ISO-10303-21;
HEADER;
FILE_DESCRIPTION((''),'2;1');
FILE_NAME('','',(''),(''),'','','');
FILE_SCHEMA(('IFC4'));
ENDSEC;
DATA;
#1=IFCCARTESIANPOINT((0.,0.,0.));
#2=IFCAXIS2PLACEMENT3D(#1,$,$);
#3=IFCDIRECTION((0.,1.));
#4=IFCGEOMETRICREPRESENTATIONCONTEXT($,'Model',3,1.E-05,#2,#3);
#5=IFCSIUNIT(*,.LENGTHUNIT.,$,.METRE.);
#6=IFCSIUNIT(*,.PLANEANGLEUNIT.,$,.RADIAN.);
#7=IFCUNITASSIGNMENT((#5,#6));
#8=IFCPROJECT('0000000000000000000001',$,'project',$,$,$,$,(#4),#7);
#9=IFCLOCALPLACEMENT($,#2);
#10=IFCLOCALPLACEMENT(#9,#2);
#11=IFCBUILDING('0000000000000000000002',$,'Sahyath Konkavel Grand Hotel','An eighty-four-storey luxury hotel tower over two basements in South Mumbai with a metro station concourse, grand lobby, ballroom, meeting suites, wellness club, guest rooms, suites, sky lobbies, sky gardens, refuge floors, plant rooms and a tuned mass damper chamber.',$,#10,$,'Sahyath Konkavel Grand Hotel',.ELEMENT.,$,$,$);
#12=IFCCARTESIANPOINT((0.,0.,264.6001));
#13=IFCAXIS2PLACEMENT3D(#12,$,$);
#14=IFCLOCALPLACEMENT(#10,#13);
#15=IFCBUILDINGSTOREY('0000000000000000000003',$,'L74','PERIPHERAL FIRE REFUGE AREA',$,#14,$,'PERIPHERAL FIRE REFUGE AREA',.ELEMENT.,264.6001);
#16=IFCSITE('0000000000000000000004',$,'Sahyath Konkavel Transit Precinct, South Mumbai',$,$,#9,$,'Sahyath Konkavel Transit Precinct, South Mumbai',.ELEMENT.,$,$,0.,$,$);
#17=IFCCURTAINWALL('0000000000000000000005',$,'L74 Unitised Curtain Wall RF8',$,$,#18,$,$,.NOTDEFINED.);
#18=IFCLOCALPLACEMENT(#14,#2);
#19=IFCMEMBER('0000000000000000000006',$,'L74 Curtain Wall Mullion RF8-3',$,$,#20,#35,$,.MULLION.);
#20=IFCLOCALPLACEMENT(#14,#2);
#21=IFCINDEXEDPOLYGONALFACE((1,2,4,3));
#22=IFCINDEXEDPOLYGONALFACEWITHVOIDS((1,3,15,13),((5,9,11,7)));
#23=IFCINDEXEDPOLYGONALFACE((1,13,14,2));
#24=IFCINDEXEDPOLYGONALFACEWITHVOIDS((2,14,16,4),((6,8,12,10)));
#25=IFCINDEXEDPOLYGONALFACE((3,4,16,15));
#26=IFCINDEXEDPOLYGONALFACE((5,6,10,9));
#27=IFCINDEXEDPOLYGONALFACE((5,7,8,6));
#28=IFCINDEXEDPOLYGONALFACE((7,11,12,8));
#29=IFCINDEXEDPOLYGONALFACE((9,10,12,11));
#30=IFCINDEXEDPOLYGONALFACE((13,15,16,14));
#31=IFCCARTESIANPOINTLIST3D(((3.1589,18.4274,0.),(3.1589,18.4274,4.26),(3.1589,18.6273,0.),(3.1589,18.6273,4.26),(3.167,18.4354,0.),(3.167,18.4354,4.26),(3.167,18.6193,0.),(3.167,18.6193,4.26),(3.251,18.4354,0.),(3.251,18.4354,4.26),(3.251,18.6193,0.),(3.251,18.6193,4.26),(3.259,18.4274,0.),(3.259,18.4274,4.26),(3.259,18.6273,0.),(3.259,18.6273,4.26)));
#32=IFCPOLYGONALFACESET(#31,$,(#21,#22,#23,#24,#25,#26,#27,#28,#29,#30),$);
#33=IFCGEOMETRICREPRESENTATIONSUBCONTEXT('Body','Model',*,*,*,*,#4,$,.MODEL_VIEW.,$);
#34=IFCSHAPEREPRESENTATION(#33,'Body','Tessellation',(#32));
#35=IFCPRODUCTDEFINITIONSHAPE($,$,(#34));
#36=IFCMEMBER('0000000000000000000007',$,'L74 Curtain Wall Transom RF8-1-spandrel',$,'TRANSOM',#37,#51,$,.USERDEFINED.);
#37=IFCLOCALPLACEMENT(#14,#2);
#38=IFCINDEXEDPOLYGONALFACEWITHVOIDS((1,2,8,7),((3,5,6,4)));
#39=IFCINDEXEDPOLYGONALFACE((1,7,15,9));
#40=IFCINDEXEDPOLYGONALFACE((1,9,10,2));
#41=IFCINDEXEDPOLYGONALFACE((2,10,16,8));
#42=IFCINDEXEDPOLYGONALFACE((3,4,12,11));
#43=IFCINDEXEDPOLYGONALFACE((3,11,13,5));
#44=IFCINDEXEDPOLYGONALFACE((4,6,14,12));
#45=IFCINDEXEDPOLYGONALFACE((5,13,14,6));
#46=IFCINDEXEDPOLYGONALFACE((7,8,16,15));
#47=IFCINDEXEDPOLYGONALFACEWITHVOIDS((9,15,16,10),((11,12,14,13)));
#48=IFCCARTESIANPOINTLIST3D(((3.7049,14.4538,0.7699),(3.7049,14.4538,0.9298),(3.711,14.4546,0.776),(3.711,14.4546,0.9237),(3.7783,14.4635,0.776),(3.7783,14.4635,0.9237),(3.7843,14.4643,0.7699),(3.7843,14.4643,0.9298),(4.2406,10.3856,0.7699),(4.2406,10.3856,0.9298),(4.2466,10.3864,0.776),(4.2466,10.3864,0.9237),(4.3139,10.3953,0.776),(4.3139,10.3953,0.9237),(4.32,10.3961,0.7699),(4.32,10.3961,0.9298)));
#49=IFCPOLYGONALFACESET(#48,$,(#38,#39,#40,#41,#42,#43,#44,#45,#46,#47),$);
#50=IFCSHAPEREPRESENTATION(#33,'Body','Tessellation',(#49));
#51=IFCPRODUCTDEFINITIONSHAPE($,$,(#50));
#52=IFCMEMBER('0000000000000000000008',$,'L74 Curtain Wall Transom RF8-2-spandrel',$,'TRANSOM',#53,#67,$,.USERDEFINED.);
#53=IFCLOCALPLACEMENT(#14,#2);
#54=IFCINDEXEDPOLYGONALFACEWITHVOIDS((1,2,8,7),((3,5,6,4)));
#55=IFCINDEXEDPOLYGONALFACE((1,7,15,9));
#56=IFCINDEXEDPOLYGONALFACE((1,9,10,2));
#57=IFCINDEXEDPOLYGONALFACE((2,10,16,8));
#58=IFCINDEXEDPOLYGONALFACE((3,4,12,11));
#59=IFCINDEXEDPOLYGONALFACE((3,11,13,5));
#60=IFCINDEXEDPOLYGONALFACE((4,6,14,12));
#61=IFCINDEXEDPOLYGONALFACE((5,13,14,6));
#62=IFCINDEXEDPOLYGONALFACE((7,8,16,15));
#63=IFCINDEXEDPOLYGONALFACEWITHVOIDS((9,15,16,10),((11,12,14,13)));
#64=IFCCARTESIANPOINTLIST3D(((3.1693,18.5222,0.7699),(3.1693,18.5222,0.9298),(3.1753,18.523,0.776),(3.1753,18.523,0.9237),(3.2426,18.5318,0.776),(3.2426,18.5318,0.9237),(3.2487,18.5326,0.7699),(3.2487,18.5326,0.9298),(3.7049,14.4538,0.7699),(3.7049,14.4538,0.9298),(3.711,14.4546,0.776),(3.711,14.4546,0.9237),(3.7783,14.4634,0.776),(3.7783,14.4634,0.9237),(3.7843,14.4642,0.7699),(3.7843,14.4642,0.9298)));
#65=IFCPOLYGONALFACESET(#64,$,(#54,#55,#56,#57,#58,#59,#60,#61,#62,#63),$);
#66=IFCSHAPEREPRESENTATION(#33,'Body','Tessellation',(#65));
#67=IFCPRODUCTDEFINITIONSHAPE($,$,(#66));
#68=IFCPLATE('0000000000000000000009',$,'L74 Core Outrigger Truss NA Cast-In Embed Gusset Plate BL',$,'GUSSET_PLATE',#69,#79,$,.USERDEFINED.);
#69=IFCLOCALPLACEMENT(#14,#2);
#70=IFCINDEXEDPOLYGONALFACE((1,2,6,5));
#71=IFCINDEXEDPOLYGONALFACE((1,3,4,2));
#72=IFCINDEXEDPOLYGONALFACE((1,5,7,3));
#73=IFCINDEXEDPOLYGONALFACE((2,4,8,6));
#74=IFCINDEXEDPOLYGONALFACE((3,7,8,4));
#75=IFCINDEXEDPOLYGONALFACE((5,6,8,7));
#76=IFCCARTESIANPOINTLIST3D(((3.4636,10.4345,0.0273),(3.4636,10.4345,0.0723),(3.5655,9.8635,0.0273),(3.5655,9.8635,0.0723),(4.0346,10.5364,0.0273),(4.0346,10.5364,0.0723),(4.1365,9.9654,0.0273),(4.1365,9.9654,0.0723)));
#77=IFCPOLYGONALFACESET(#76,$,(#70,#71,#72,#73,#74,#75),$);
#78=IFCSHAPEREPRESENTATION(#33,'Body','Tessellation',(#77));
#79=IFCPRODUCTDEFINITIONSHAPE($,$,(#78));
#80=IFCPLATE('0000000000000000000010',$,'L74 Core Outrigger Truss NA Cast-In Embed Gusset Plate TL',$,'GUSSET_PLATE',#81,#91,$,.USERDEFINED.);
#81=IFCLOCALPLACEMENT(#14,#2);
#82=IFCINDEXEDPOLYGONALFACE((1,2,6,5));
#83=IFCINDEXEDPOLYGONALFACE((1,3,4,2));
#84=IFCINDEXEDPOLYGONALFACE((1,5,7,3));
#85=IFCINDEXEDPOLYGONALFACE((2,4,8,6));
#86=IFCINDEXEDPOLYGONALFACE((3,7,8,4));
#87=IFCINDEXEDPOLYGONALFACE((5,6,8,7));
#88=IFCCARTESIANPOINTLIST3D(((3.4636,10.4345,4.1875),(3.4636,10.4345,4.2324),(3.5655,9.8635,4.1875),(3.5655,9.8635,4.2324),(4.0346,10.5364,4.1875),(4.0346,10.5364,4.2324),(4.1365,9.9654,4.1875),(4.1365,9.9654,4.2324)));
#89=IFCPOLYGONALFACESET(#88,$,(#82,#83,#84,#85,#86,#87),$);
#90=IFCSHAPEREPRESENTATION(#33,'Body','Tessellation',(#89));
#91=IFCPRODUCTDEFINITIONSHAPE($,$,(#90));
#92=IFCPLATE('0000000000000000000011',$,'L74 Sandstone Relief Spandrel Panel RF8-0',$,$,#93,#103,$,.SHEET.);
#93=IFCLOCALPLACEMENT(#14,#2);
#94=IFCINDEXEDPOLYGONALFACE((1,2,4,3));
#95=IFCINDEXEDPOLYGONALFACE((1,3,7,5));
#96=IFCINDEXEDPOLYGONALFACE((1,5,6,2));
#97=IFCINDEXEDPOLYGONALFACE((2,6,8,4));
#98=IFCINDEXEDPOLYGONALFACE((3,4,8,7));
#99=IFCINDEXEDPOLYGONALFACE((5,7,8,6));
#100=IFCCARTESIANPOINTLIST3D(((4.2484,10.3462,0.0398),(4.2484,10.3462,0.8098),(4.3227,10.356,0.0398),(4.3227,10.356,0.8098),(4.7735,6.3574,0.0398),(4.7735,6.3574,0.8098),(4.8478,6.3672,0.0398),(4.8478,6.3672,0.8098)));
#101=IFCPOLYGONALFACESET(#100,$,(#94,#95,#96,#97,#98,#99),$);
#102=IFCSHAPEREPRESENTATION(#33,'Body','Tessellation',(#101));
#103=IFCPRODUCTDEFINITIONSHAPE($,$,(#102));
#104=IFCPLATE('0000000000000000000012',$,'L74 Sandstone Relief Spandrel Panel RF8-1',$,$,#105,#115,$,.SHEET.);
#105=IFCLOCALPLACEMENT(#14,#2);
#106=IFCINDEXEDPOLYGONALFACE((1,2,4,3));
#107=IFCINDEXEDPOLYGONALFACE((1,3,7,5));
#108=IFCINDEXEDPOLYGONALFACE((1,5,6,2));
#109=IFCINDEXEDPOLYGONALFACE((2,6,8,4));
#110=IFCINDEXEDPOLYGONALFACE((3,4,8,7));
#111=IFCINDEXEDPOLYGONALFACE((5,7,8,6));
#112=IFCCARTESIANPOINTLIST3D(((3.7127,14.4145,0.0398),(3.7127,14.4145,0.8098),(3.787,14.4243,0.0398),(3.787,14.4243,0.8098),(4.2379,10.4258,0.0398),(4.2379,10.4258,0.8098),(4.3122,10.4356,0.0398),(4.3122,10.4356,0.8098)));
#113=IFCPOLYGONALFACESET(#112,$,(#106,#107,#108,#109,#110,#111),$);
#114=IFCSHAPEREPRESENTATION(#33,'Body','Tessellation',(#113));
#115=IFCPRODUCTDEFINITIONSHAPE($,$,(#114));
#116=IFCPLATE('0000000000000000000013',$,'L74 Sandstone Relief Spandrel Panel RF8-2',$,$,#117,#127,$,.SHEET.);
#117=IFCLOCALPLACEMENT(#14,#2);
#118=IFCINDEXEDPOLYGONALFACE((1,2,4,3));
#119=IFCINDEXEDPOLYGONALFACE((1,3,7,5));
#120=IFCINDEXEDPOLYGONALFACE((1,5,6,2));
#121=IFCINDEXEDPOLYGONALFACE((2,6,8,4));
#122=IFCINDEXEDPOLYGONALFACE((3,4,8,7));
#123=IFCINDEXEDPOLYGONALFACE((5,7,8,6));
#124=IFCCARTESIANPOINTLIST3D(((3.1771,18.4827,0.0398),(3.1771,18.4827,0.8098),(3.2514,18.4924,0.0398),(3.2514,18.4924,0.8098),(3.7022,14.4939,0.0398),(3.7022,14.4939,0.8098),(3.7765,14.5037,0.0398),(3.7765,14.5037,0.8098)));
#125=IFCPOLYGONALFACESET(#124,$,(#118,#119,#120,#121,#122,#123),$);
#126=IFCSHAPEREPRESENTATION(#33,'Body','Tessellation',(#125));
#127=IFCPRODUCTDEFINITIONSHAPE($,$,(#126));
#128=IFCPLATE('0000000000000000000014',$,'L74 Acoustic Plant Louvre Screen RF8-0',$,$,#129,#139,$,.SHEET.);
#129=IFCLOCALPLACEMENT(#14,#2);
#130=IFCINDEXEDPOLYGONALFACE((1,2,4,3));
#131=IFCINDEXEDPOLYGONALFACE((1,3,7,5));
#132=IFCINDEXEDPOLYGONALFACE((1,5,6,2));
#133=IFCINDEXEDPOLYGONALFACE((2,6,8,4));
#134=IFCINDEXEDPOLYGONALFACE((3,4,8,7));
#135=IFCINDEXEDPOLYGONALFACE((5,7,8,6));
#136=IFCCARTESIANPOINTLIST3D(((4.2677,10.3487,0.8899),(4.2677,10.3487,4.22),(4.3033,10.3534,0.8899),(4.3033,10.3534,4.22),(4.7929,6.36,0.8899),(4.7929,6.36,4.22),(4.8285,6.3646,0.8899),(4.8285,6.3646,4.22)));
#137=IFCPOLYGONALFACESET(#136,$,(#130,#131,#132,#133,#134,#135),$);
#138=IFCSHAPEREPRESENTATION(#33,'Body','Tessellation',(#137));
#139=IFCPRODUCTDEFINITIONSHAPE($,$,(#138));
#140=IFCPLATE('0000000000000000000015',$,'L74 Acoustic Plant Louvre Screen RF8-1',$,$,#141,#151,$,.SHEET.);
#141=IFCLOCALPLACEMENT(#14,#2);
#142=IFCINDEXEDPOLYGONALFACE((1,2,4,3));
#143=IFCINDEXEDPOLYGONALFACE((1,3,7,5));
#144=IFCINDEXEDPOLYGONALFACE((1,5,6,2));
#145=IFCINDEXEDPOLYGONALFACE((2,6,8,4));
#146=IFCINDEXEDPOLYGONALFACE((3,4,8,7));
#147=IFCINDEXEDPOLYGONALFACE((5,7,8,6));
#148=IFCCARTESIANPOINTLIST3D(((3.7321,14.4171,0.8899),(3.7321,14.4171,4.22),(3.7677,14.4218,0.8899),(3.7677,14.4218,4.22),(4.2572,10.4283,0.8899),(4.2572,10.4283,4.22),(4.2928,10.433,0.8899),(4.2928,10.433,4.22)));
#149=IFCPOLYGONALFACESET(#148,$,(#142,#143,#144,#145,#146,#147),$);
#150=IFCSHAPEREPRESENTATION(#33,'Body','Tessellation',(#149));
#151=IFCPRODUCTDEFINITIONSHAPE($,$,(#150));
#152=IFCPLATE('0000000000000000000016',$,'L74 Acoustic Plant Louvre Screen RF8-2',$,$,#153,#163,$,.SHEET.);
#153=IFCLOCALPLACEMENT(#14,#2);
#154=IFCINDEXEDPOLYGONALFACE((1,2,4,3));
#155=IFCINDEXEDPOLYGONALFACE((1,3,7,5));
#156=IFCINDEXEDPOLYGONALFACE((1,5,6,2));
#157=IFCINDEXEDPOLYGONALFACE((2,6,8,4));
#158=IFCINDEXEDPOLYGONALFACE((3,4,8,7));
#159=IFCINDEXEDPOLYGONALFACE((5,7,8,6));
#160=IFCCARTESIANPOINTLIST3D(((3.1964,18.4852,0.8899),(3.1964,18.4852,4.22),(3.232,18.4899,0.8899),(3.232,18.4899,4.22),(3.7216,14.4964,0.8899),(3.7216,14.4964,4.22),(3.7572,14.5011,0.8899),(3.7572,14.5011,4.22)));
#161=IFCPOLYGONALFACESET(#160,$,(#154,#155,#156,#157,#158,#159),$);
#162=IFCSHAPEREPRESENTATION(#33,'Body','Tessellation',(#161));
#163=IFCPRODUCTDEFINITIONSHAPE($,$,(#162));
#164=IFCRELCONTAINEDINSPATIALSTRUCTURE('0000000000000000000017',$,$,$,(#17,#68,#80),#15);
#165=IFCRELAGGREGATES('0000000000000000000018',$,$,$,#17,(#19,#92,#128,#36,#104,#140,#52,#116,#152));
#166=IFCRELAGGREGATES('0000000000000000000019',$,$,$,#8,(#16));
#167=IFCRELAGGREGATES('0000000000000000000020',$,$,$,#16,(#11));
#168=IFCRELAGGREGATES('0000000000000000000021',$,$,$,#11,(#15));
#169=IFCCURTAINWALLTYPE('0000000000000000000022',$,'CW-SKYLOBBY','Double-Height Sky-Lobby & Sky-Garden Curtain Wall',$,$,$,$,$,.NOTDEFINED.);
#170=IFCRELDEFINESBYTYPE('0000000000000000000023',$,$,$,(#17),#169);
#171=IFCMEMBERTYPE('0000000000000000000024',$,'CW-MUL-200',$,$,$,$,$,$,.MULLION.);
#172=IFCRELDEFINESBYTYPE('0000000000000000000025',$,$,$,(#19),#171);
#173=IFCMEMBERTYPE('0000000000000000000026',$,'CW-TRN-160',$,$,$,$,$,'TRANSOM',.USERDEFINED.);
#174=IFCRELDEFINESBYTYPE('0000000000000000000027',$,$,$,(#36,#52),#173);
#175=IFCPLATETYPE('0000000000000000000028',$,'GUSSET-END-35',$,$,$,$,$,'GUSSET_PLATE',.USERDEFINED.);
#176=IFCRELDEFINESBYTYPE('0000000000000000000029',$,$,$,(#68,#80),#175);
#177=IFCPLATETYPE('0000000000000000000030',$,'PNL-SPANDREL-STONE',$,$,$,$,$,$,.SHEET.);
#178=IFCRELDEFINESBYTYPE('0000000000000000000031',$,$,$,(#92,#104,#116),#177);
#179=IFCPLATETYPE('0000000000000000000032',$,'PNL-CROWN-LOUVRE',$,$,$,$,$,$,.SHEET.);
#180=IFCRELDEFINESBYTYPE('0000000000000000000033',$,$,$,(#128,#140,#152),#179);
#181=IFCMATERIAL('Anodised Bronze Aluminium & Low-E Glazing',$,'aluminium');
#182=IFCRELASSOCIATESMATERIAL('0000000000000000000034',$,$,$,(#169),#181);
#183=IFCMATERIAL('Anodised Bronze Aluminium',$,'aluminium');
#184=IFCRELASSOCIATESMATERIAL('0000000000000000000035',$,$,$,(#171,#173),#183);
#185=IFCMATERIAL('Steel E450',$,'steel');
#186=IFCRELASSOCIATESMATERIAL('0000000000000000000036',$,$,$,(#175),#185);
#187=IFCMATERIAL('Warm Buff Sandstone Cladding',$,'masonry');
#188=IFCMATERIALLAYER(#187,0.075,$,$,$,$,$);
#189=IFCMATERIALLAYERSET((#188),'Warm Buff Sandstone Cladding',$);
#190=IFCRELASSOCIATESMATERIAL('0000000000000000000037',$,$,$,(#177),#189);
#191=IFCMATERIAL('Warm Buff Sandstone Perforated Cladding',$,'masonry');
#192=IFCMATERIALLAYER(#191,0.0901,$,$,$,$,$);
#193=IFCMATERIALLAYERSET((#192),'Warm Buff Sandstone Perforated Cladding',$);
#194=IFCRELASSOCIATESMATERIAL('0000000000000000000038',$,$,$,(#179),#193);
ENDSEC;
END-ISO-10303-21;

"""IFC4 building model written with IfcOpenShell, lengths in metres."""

from ifc_helpers import new_model, si_unit, direction, frame, origin, origin_2d, place, context, subcontext, project, spatial, rectangle, hollow_rectangle, extrude, source, transform, mapped, material, layer, layer_set, material_profile, profile_set, type_object, element, aggregate, save


model = new_model("IFC4")

# Units and contexts
model_context = context("Model", 3, precision=1e-05, world=origin(), true_north=direction((0.0, 1.0)))
body_context = subcontext(model_context, "Body", "Model", "MODEL_VIEW")
ifc_project = project(units=[si_unit("LENGTHUNIT", "METRE"), si_unit("PLANEANGLEUNIT", "RADIAN")], contexts=[model_context])

# Site, building, storey
site_placement = place(None, origin())
site = spatial("IfcSite", under=ifc_project, at=site_placement, Name="Sahyath Konkavel Transit Precinct, South Mumbai", LongName="Sahyath Konkavel Transit Precinct, South Mumbai", CompositionType="ELEMENT", RefElevation=0.0)
building_placement = place(site_placement, origin())
building = spatial("IfcBuilding", under=site, at=building_placement, Name="Sahyath Konkavel Grand Hotel", Description="An eighty-four-storey luxury hotel tower over two basements in South Mumbai with a metro station concourse, grand lobby, ballroom, meeting suites, wellness club, guest rooms, suites, sky lobbies, sky gardens, refuge floors, plant rooms and a tuned mass damper chamber.", LongName="Sahyath Konkavel Grand Hotel", CompositionType="ELEMENT")
storey_placement = place(building_placement, frame((0.0, 0.0, 264.6001)))
storey = spatial("IfcBuildingStorey", under=building, at=storey_placement, Name="L74", Description="PERIPHERAL FIRE REFUGE AREA", LongName="PERIPHERAL FIRE REFUGE AREA", CompositionType="ELEMENT", Elevation=264.6001)

# Shared definitions
ifc_material_1 = material(Name="Steel E450", Category="steel")

# Curtain wall, members
ifc_material_2 = material(Name="Anodised Bronze Aluminium & Low-E Glazing", Category="aluminium")
curtain_wall_type = type_object("IfcCurtainWallType", Name="CW-SKYLOBBY", Description="Double-Height Sky-Lobby & Sky-Garden Curtain Wall", PredefinedType="NOTDEFINED", material=ifc_material_2)
curtain_wall_placement = place(storey_placement, origin())
curtain_wall = element("IfcCurtainWall", 1, at=curtain_wall_placement, inside=storey, type_object=curtain_wall_type, Name="L74 Unitised Curtain Wall RF8", PredefinedType="NOTDEFINED")
ifc_material_3 = material(Name="Anodised Bronze Aluminium", Category="aluminium")
ifc_material_profile_1 = material_profile(ifc_material_3, hollow_rectangle(XDim=0.1001, YDim=0.2, WallThickness=0.0081, at=origin_2d()), Name="RHS 200x100x8")
ifc_profile_set_1 = profile_set([ifc_material_profile_1], Name="Anodised Bronze Aluminium")
member_type_1 = type_object("IfcMemberType", Name="CW-MUL-200", PredefinedType="MULLION", material=ifc_profile_set_1)
shared_shape_1 = source(origin(), body_context, "Body", "SweptSolid", [
    extrude(hollow_rectangle(XDim=0.1001, YDim=0.2, WallThickness=0.0081, at=origin_2d()), origin(), (0.0, 0.0, 1.0), 4.26),
])
member_1_placement = place(storey_placement, frame((3.209, 18.5273, 0.0), z_axis=(0.0, 0.0, 1.0), x_axis=(1.0, 0.0, 0.0)))
member_1 = element("IfcMember", 2, at=member_1_placement, type_object=member_type_1, Name="L74 Curtain Wall Mullion RF8-3", PredefinedType="MULLION", context=body_context, shape_type="MappedRepresentation", body=[
    mapped(shared_shape_1, transform((0.0, 0.0, 0.0), scale=1.0)),
])
ifc_material_profile_2 = material_profile(ifc_material_3, hollow_rectangle(XDim=0.0801, YDim=0.1599, WallThickness=0.0061, at=origin_2d()), Name="RHS 160x80x6")
ifc_profile_set_2 = profile_set([ifc_material_profile_2], Name="Anodised Bronze Aluminium")
member_type_2 = type_object("IfcMemberType", Name="CW-TRN-160", ElementType="TRANSOM", PredefinedType="USERDEFINED", material=ifc_profile_set_2)
shared_shape_2 = source(origin(), body_context, "Body", "SweptSolid", [
    extrude(hollow_rectangle(XDim=0.0801, YDim=0.1599, WallThickness=0.0061, at=origin_2d()), origin(), (0.0, 0.0, 1.0), 4.1033),
])
member_2_placement = place(storey_placement, frame((4.2803, 10.3909, 0.8499), z_axis=(-0.130542, 0.991443, 0.0), x_axis=(-0.991443, -0.130542, 0.0)))
member_2 = element("IfcMember", 3, at=member_2_placement, type_object=member_type_2, Name="L74 Curtain Wall Transom RF8-1-spandrel", ObjectType="TRANSOM", PredefinedType="USERDEFINED", context=body_context, shape_type="MappedRepresentation", body=[
    mapped(shared_shape_2, transform((0.0, 0.0, 0.0), scale=1.0)),
])
shared_shape_3 = source(origin(), body_context, "Body", "SweptSolid", [
    extrude(hollow_rectangle(XDim=0.0801, YDim=0.1599, WallThickness=0.0061, at=origin_2d()), origin(), (0.0, 0.0, 1.0), 4.1035),
])
member_3_placement = place(storey_placement, frame((3.7446, 14.459, 0.8499), z_axis=(-0.130535, 0.991444, 0.0), x_axis=(-0.991444, -0.130535, 0.0)))
member_3 = element("IfcMember", 4, at=member_3_placement, type_object=member_type_2, Name="L74 Curtain Wall Transom RF8-2-spandrel", ObjectType="TRANSOM", PredefinedType="USERDEFINED", context=body_context, shape_type="MappedRepresentation", body=[
    mapped(shared_shape_3, transform((0.0, 0.0, 0.0), scale=1.0)),
])

# Plates
plate_type_1 = type_object("IfcPlateType", Name="GUSSET-END-35", ElementType="GUSSET_PLATE", PredefinedType="USERDEFINED", material=ifc_material_1)
shared_shape_4 = source(origin(), body_context, "Body", "SweptSolid", [
    extrude(rectangle(XDim=0.5801, YDim=0.5801, at=origin_2d()), origin(), (0.0, 0.0, 1.0), 0.0449),
])
for number, where, z_axis, x_axis, name in (
    (5, (3.8, 10.2, 0.0273), (0.0, 0.0, 1.0), (-0.17571, 0.984442, 0.0), "L74 Core Outrigger Truss NA Cast-In Embed Gusset Plate BL"),
    (6, (3.8, 10.2, 4.1875), (0.0, 0.0, 1.0), (-0.17571, 0.984442, 0.0), "L74 Core Outrigger Truss NA Cast-In Embed Gusset Plate TL"),
):
    element("IfcPlate", number, at=place(storey_placement, frame(where, z_axis=z_axis, x_axis=x_axis)), inside=storey, type_object=plate_type_1, Name=name, ObjectType="GUSSET_PLATE", PredefinedType="USERDEFINED", context=body_context, shape_type="MappedRepresentation", body=[
        mapped(shared_shape_4, transform((0.0, 0.0, 0.0), scale=1.0)),
    ])

# Plates
ifc_material_4 = material(Name="Warm Buff Sandstone Cladding", Category="masonry")
ifc_layer_1 = layer(ifc_material_4, 0.075)
ifc_layer_set_1 = layer_set([ifc_layer_1], Name="Warm Buff Sandstone Cladding")
plate_type_2 = type_object("IfcPlateType", Name="PNL-SPANDREL-STONE", PredefinedType="SHEET", material=ifc_layer_set_1)
shared_shape_5 = source(origin(), body_context, "Body", "SweptSolid", [
    extrude(rectangle(XDim=4.0232, YDim=0.075, at=origin_2d()), origin(), (0.0, 0.0, 1.0), 0.77),
])
plate_1_placement = place(storey_placement, frame((4.5481, 8.3567, 0.0398), z_axis=(0.0, 0.0, 1.0), x_axis=(-0.130526, 0.991445, 0.0)))
plate_1 = element("IfcPlate", 7, at=plate_1_placement, type_object=plate_type_2, Name="L74 Sandstone Relief Spandrel Panel RF8-0", PredefinedType="SHEET", context=body_context, shape_type="MappedRepresentation", body=[
    mapped(shared_shape_5, transform((0.0, 0.0, 0.0), scale=1.0)),
])
plate_2_placement = place(storey_placement, frame((4.0125, 12.425, 0.0398), z_axis=(0.0, 0.0, 1.0), x_axis=(-0.130526, 0.991445, 0.0)))
plate_2 = element("IfcPlate", 8, at=plate_2_placement, type_object=plate_type_2, Name="L74 Sandstone Relief Spandrel Panel RF8-1", PredefinedType="SHEET", context=body_context, shape_type="MappedRepresentation", body=[
    mapped(shared_shape_5, transform((0.0, 0.0, 0.0), scale=1.0)),
])
plate_3_placement = place(storey_placement, frame((3.4768, 16.4932, 0.0398), z_axis=(0.0, 0.0, 1.0), x_axis=(-0.130526, 0.991445, 0.0)))
plate_3 = element("IfcPlate", 9, at=plate_3_placement, type_object=plate_type_2, Name="L74 Sandstone Relief Spandrel Panel RF8-2", PredefinedType="SHEET", context=body_context, shape_type="MappedRepresentation", body=[
    mapped(shared_shape_5, transform((0.0, 0.0, 0.0), scale=1.0)),
])
ifc_material_5 = material(Name="Warm Buff Sandstone Perforated Cladding", Category="masonry")
ifc_layer_2 = layer(ifc_material_5, 0.0901)
ifc_layer_set_2 = layer_set([ifc_layer_2], Name="Warm Buff Sandstone Perforated Cladding")
plate_type_3 = type_object("IfcPlateType", Name="PNL-CROWN-LOUVRE", PredefinedType="SHEET", material=ifc_layer_set_2)
shared_shape_6 = source(origin(), body_context, "Body", "SweptSolid", [
    extrude(rectangle(XDim=4.0232, YDim=0.0359, at=origin_2d()), origin(), (0.0, 0.0, 1.0), 3.3301),
])
plate_4_placement = place(storey_placement, frame((4.5481, 8.3567, 0.8899), z_axis=(0.0, 0.0, 1.0), x_axis=(-0.130526, 0.991445, 0.0)))
plate_4 = element("IfcPlate", 10, at=plate_4_placement, type_object=plate_type_3, Name="L74 Acoustic Plant Louvre Screen RF8-0", PredefinedType="SHEET", context=body_context, shape_type="MappedRepresentation", body=[
    mapped(shared_shape_6, transform((0.0, 0.0, 0.0), scale=1.0)),
])
plate_5_placement = place(storey_placement, frame((4.0125, 12.425, 0.8899), z_axis=(0.0, 0.0, 1.0), x_axis=(-0.130526, 0.991445, 0.0)))
plate_5 = element("IfcPlate", 11, at=plate_5_placement, type_object=plate_type_3, Name="L74 Acoustic Plant Louvre Screen RF8-1", PredefinedType="SHEET", context=body_context, shape_type="MappedRepresentation", body=[
    mapped(shared_shape_6, transform((0.0, 0.0, 0.0), scale=1.0)),
])
plate_6_placement = place(storey_placement, frame((3.4768, 16.4932, 0.8899), z_axis=(0.0, 0.0, 1.0), x_axis=(-0.130526, 0.991445, 0.0)))
plate_6 = element("IfcPlate", 12, at=plate_6_placement, type_object=plate_type_3, Name="L74 Acoustic Plant Louvre Screen RF8-2", PredefinedType="SHEET", context=body_context, shape_type="MappedRepresentation", body=[
    mapped(shared_shape_6, transform((0.0, 0.0, 0.0), scale=1.0)),
])
aggregate(curtain_wall, [member_1, plate_1, plate_4, member_2, plate_2, plate_5, member_3, plate_3, plate_6])

save(model, "model.ifc")
